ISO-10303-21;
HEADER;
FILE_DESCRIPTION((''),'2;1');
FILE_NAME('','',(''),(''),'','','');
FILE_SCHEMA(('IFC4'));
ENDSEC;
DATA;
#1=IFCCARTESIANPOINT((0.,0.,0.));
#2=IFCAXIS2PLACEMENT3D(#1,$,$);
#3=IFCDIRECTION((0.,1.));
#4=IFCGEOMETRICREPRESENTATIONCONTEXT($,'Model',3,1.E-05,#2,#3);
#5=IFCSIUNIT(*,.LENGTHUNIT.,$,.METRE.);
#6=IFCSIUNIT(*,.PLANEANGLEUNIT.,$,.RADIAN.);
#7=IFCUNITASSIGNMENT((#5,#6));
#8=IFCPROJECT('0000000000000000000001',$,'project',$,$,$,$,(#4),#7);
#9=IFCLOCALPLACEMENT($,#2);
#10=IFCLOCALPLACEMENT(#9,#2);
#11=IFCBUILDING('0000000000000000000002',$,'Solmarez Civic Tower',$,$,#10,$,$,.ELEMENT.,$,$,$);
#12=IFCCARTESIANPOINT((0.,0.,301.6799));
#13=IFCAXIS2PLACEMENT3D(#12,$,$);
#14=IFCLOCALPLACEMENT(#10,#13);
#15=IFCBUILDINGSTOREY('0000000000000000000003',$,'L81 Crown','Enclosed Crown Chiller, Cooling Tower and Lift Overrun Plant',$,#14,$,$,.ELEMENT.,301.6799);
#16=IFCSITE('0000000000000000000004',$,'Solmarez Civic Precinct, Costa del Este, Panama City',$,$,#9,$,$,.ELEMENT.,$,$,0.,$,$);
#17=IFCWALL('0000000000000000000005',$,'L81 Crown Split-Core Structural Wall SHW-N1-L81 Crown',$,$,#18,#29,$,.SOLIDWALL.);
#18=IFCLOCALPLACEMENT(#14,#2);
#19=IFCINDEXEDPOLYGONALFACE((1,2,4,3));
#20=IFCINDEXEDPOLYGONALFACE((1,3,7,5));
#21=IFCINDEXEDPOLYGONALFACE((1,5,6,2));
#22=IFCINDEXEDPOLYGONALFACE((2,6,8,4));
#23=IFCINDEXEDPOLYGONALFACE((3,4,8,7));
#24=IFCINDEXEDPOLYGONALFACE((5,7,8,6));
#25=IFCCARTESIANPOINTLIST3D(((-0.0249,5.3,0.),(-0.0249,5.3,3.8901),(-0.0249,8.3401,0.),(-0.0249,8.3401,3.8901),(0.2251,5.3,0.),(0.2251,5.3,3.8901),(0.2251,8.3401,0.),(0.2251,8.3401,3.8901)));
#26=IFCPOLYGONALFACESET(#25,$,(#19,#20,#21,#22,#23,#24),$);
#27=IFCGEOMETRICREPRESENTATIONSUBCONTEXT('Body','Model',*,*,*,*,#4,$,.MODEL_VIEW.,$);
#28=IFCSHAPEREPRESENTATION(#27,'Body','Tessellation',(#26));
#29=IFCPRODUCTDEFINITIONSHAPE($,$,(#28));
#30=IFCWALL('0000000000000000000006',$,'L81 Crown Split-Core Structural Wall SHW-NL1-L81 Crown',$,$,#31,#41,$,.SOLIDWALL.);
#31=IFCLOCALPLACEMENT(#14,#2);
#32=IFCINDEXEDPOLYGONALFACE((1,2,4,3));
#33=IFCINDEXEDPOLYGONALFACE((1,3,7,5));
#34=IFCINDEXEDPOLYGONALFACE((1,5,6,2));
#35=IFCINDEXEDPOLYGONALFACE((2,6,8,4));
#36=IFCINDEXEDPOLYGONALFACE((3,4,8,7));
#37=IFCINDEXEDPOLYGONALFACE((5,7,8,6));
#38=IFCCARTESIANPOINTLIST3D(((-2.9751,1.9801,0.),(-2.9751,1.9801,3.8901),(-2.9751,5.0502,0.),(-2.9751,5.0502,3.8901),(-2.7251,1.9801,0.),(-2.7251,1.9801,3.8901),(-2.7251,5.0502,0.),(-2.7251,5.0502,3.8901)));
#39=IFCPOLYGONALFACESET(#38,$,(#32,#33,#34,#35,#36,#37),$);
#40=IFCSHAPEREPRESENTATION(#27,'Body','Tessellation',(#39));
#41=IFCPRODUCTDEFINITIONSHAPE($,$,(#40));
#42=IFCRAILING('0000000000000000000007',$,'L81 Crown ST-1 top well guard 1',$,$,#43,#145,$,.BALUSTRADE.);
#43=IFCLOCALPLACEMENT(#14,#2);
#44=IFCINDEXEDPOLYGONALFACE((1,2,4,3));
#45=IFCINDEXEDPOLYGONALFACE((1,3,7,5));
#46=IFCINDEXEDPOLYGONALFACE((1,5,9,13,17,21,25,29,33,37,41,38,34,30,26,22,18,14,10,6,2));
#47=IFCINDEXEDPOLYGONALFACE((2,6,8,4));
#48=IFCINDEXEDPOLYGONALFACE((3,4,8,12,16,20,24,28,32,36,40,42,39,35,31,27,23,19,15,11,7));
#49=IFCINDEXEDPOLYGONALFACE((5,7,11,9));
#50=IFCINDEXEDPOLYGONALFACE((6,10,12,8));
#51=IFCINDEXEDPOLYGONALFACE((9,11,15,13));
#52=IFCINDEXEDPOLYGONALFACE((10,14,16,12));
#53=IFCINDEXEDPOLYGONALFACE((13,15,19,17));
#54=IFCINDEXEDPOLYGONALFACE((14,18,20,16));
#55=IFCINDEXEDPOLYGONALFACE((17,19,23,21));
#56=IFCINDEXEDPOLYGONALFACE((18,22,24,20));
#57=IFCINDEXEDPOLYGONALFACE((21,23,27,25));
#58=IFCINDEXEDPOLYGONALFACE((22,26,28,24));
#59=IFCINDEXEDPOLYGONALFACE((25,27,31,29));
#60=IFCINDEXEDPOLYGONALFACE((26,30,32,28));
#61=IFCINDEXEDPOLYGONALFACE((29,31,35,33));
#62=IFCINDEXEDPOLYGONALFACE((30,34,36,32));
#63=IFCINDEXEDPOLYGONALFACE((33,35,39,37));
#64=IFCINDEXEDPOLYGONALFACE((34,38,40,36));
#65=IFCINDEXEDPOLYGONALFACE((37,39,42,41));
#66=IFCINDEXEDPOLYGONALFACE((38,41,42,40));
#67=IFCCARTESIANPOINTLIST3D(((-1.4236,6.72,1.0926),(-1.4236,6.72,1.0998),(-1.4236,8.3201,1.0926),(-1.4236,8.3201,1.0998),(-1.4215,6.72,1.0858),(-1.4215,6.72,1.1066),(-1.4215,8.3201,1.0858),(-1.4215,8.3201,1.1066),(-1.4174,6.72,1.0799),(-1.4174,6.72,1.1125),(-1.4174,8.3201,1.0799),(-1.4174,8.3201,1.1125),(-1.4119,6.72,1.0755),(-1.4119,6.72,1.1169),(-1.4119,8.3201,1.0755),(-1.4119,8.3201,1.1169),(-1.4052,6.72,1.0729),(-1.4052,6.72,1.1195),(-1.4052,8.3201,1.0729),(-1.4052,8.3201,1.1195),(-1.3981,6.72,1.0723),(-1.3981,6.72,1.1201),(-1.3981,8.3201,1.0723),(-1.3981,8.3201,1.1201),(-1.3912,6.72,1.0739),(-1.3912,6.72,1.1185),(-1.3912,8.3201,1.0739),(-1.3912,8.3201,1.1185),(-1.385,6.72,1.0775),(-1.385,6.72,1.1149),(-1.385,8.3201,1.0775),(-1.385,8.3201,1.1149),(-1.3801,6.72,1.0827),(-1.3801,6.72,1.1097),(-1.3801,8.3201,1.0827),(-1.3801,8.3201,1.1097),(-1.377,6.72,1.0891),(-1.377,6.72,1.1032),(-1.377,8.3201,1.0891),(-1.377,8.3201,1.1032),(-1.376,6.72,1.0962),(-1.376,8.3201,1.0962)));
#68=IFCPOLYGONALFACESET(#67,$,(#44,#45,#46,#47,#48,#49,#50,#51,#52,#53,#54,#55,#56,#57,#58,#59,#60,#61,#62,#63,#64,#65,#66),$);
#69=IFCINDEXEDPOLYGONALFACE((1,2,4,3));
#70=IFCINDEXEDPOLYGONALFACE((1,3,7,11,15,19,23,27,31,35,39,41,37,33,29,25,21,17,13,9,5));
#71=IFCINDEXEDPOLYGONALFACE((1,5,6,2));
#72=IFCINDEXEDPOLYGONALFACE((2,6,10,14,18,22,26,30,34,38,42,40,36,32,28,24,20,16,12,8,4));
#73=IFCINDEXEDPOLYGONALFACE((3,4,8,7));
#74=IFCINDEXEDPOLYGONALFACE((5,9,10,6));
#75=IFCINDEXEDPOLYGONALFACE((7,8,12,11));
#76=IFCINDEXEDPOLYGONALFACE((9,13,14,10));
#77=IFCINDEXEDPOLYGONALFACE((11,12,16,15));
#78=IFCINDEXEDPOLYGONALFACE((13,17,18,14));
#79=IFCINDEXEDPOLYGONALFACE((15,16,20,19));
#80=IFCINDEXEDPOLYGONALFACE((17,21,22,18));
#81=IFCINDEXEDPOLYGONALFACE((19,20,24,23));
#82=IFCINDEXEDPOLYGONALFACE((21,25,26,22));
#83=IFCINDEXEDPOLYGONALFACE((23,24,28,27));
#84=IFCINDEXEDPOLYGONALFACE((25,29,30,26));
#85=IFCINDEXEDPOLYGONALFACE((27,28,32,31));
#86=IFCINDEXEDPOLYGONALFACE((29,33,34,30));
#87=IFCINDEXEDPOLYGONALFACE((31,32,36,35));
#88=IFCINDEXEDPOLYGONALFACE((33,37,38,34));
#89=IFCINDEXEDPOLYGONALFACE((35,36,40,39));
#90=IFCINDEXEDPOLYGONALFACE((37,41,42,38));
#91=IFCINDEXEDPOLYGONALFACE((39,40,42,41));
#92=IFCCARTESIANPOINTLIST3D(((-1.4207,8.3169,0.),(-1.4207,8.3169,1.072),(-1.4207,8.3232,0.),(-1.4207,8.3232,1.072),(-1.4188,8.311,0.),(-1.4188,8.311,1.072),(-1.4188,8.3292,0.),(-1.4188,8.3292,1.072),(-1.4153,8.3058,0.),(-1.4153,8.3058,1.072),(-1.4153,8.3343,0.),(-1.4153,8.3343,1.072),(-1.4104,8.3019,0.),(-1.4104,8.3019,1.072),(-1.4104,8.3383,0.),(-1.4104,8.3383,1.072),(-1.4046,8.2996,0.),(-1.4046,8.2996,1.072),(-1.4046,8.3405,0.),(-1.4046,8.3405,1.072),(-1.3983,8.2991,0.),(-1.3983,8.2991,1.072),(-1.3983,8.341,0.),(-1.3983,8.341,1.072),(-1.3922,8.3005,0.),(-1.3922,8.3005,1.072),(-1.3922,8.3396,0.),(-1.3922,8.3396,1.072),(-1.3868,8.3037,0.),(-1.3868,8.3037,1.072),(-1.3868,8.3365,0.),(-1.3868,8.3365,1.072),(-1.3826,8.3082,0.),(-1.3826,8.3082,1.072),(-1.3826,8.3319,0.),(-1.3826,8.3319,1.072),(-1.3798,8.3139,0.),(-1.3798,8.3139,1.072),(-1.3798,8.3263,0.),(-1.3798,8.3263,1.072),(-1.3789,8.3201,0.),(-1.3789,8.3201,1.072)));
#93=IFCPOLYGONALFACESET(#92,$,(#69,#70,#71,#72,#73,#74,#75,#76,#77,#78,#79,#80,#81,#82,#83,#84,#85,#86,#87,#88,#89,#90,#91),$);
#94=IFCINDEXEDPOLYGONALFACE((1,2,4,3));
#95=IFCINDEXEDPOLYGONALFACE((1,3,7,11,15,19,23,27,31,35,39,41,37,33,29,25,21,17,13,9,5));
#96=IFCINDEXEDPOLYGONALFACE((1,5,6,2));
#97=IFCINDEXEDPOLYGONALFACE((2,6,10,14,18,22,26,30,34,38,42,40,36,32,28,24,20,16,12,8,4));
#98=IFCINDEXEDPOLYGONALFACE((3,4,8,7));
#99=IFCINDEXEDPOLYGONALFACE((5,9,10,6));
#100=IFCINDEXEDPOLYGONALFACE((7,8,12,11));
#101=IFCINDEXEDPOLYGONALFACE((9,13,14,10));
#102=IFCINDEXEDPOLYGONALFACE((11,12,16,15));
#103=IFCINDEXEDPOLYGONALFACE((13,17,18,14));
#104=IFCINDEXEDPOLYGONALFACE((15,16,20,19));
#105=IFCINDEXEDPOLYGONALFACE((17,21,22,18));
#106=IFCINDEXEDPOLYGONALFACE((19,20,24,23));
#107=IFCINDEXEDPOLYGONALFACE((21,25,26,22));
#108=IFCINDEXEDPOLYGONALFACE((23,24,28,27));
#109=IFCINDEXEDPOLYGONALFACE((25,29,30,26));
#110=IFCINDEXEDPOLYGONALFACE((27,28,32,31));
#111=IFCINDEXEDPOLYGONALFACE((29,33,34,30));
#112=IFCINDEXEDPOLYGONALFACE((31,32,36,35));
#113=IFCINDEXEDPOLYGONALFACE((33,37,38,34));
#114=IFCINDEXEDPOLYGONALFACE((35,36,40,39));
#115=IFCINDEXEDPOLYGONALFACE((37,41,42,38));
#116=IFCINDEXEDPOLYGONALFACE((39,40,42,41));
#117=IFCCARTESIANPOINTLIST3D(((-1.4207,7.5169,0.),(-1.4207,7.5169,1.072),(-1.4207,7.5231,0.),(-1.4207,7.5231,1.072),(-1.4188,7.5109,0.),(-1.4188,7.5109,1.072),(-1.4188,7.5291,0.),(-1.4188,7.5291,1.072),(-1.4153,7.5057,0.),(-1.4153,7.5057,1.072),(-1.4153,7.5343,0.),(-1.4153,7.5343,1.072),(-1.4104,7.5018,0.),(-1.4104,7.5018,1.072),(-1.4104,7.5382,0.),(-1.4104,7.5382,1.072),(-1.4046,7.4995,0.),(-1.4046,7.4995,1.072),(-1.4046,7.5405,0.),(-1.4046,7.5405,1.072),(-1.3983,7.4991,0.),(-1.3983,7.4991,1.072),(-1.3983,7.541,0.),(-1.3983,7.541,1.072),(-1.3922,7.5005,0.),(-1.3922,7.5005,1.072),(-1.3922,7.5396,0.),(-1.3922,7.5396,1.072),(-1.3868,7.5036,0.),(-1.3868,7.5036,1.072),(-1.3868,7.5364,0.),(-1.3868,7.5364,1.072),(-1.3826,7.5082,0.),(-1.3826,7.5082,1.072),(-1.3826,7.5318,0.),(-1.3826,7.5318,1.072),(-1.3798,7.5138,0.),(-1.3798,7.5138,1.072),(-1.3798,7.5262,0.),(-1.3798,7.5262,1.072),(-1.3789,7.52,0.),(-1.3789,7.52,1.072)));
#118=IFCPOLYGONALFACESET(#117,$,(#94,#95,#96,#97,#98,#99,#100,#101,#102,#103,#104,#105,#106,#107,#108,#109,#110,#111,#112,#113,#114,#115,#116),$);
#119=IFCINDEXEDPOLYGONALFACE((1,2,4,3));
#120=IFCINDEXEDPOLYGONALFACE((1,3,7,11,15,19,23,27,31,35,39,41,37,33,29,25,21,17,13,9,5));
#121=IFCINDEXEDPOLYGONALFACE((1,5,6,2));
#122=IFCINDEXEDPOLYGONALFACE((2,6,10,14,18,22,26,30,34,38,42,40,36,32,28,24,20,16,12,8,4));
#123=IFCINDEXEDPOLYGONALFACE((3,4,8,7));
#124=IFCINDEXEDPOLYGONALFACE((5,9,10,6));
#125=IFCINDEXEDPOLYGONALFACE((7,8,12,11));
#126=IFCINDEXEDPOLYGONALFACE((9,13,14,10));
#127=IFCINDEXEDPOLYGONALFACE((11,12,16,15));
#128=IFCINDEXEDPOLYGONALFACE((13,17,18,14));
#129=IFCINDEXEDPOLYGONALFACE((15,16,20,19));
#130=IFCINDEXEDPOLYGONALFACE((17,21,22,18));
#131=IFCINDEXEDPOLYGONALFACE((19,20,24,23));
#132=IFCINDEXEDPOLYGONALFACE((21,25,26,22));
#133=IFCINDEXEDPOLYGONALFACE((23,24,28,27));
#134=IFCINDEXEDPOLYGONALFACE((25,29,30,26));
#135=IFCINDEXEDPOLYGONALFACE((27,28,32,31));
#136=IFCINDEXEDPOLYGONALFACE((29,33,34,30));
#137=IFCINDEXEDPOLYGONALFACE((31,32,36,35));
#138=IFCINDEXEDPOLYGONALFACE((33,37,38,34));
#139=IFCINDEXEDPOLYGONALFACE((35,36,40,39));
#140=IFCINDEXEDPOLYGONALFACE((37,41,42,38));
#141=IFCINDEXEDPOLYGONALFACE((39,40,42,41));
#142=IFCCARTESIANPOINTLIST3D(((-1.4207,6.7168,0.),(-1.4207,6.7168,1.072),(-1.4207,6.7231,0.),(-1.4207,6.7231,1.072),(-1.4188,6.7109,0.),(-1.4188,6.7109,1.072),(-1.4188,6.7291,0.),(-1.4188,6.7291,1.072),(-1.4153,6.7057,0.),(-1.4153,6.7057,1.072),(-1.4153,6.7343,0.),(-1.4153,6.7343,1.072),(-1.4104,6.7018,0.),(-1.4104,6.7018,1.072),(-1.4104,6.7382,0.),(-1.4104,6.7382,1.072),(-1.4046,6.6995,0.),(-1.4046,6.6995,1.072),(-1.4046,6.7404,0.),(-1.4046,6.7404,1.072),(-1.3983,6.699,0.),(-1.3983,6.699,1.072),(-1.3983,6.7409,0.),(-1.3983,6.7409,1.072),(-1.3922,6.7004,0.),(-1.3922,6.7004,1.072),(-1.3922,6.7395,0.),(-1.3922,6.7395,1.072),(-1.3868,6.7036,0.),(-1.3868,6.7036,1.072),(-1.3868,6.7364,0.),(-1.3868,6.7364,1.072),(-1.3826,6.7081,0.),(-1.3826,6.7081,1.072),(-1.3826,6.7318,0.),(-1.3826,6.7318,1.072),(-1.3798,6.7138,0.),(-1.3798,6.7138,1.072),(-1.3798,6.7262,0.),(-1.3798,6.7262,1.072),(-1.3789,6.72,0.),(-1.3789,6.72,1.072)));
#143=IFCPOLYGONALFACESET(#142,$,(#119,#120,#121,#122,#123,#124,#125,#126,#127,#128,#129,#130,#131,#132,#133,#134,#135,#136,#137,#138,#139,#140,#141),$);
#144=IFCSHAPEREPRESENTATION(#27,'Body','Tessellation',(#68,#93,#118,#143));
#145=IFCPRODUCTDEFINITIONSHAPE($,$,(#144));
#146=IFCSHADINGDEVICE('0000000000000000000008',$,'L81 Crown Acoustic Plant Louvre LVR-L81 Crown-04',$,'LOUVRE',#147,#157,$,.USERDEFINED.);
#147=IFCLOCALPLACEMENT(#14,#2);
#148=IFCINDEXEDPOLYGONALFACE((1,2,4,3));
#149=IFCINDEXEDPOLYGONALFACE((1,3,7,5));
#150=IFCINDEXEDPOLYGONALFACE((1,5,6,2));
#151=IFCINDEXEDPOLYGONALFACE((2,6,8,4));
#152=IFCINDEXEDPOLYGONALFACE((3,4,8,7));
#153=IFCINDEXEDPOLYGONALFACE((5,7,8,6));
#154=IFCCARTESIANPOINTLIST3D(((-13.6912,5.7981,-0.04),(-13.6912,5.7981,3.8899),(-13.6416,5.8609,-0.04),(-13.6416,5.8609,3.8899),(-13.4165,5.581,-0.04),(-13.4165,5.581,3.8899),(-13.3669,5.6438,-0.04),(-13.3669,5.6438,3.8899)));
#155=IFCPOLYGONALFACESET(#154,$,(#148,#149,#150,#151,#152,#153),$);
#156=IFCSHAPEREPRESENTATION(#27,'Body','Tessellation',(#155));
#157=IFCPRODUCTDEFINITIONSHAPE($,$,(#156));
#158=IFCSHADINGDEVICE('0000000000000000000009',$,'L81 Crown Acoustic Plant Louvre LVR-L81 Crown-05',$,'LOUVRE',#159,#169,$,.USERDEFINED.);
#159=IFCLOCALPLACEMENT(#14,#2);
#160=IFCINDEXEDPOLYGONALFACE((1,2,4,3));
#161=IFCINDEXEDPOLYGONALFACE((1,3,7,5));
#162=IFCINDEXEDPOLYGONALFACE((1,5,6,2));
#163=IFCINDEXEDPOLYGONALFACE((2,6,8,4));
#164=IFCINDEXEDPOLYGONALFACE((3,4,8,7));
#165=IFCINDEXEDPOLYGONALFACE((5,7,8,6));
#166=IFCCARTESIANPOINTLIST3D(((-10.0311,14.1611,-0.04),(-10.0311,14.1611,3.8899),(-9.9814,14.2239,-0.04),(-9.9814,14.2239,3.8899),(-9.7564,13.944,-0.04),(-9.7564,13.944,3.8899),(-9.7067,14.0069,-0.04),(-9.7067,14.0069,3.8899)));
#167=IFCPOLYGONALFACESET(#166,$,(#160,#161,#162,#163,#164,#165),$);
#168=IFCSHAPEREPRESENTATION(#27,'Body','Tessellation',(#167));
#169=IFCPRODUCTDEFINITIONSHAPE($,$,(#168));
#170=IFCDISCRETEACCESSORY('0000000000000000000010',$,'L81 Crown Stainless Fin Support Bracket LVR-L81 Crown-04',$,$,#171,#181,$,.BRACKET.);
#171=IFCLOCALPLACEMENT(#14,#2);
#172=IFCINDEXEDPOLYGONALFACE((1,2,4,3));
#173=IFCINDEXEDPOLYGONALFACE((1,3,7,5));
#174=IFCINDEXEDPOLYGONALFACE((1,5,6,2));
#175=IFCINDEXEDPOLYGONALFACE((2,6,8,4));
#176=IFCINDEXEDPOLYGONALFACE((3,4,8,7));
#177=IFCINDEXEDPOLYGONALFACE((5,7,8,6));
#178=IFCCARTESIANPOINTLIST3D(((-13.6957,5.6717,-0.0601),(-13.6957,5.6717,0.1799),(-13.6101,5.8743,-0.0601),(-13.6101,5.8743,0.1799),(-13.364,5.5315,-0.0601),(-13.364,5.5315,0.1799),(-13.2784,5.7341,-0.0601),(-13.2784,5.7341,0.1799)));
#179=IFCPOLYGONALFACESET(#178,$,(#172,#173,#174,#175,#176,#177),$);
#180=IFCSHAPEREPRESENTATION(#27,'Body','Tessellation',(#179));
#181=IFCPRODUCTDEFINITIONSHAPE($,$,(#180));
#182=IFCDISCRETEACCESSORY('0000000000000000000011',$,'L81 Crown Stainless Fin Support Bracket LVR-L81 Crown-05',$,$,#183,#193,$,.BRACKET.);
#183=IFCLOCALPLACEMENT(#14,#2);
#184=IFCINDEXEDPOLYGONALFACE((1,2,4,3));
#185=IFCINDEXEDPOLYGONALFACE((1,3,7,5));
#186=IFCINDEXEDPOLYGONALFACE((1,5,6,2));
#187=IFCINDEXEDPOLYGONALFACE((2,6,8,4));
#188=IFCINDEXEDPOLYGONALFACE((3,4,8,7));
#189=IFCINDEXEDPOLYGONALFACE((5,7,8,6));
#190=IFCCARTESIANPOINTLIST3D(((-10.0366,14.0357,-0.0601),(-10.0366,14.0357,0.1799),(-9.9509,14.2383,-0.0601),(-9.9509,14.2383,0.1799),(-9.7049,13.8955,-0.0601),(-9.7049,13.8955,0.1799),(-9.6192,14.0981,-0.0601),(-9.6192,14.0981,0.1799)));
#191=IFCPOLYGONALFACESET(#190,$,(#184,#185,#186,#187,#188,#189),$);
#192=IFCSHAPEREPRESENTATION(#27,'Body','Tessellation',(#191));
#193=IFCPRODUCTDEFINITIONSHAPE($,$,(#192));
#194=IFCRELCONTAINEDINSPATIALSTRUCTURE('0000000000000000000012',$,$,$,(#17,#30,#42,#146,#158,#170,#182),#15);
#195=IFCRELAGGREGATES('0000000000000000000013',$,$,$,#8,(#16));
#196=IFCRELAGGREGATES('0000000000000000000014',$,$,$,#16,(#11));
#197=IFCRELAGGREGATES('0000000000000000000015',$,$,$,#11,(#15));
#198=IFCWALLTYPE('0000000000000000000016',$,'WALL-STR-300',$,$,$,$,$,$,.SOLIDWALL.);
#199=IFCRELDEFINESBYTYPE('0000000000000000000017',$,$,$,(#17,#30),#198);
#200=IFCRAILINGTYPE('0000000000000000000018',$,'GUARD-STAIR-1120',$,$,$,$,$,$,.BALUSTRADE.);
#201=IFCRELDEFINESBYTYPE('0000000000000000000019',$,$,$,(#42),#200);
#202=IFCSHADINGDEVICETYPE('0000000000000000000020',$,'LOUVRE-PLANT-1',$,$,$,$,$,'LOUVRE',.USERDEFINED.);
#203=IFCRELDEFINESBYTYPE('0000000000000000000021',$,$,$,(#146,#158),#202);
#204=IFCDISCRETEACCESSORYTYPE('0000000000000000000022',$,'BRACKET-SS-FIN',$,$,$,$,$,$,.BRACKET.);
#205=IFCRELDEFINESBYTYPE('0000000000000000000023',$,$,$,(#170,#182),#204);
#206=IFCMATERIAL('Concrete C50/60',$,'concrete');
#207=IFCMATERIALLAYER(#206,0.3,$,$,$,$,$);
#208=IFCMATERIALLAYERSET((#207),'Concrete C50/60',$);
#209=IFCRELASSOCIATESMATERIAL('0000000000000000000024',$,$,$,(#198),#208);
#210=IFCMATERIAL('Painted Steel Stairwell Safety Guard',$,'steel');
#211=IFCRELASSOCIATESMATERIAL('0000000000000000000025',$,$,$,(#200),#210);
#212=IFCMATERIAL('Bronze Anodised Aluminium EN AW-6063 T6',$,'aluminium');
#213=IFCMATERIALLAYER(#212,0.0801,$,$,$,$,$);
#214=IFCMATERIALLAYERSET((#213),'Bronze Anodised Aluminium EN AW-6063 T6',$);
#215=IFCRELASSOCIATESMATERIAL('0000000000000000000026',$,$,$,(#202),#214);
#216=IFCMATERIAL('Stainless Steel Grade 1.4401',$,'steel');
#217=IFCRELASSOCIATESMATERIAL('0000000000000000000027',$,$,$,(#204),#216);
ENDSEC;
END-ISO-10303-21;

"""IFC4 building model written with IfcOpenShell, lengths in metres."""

from ifc_helpers import new_model, si_unit, direction, frame, frame_2d, origin, origin_2d, place, context, subcontext, project, spatial, rectangle, circle, extrude, material, layer, layer_set, type_object, element, save


model = new_model("IFC4")

# Units and contexts
model_context = context("Model", 3, precision=1e-05, world=origin(), true_north=direction((0.0, 1.0)))
body_context = subcontext(model_context, "Body", "Model", "MODEL_VIEW")
ifc_project = project(units=[si_unit("LENGTHUNIT", "METRE"), si_unit("PLANEANGLEUNIT", "RADIAN")], contexts=[model_context])

# Site, building, storey
site_placement = place(None, origin())
site = spatial("IfcSite", under=ifc_project, at=site_placement, Name="Solmarez Civic Precinct, Costa del Este, Panama City", CompositionType="ELEMENT", RefElevation=0.0)
building_placement = place(site_placement, origin())
building = spatial("IfcBuilding", under=site, at=building_placement, Name="Solmarez Civic Tower", CompositionType="ELEMENT")
storey_placement = place(building_placement, frame((0.0, 0.0, 301.6799)))
storey = spatial("IfcBuildingStorey", under=building, at=storey_placement, Name="L81 Crown", Description="Enclosed Crown Chiller, Cooling Tower and Lift Overrun Plant", CompositionType="ELEMENT", Elevation=301.6799)

# Shared definitions
ifc_material_1 = material(Name="Concrete C50/60", Category="concrete")

# Walls
ifc_layer_1 = layer(ifc_material_1, 0.3)
ifc_layer_set_1 = layer_set([ifc_layer_1], Name="Concrete C50/60")
wall_type_1 = type_object("IfcWallType", Name="WALL-STR-300", PredefinedType="SOLIDWALL", material=ifc_layer_set_1)
wall_1_placement = place(storey_placement, frame((0.1001, 5.3, 0.0), z_axis=(0.0, 0.0, 1.0), x_axis=(0.0, 1.0, 0.0)))
element("IfcWall", 1, at=wall_1_placement, inside=storey, type_object=wall_type_1, Name="L81 Crown Split-Core Structural Wall SHW-N1-L81 Crown", PredefinedType="SOLIDWALL", context=body_context, shape_type="SweptSolid", body=[
    extrude(rectangle(XDim=3.04, YDim=0.25, at=frame_2d((1.52, 0.0))), origin(), (0.0, 0.0, 1.0), 3.8901),
])
wall_2_placement = place(storey_placement, frame((-2.8501, 1.98, 0.0), z_axis=(0.0, 0.0, 1.0), x_axis=(0.0, 1.0, 0.0)))
element("IfcWall", 2, at=wall_2_placement, inside=storey, type_object=wall_type_1, Name="L81 Crown Split-Core Structural Wall SHW-NL1-L81 Crown", PredefinedType="SOLIDWALL", context=body_context, shape_type="SweptSolid", body=[
    extrude(rectangle(XDim=3.0701, YDim=0.25, at=frame_2d((1.5352, 0.0))), origin(), (0.0, 0.0, 1.0), 3.8901),
])

# Railing
ifc_material_2 = material(Name="Painted Steel Stairwell Safety Guard", Category="steel")
railing_type = type_object("IfcRailingType", Name="GUARD-STAIR-1120", PredefinedType="BALUSTRADE", material=ifc_material_2)
railing_placement = place(storey_placement, frame((-1.3999, 8.3201, 0.0)))
element("IfcRailing", 3, at=railing_placement, inside=storey, type_object=railing_type, Name="L81 Crown ST-1 top well guard 1", PredefinedType="BALUSTRADE", context=body_context, shape_type="SweptSolid", body=[
    extrude(circle(Radius=0.0239, at=origin_2d()), frame((0.0, 0.0, 1.0962), z_axis=(0.0, -1.0, 0.0), x_axis=(1.0, 0.0, 0.0)), (0.0, 0.0, 1.0), 1.6001),
    extrude(circle(Radius=0.021, at=origin_2d()), origin(), (0.0, 0.0, 1.0), 1.072),
    extrude(circle(Radius=0.021, at=origin_2d()), frame((0.0, -0.8, 0.0)), (0.0, 0.0, 1.0), 1.072),
    extrude(circle(Radius=0.021, at=origin_2d()), frame((0.0, -1.6001, 0.0)), (0.0, 0.0, 1.0), 1.072),
])

# Shading devices
ifc_material_3 = material(Name="Bronze Anodised Aluminium EN AW-6063 T6", Category="aluminium")
ifc_layer_2 = layer(ifc_material_3, 0.0801)
ifc_layer_set_2 = layer_set([ifc_layer_2], Name="Bronze Anodised Aluminium EN AW-6063 T6")
shading_device_type = type_object("IfcShadingDeviceType", Name="LOUVRE-PLANT-1", ElementType="LOUVRE", PredefinedType="USERDEFINED", material=ifc_layer_set_2)
for number, where, z_axis, x_axis, name in (
    (4, (-13.5291, 5.7209, -0.04), (0.0, 0.0, 1.0), (-0.784592, 0.620012, 0.0), "L81 Crown Acoustic Plant Louvre LVR-L81 Crown-04"),
    (5, (-9.8689, 14.084, -0.04), (0.0, 0.0, 1.0), (-0.784549, 0.620067, 0.0), "L81 Crown Acoustic Plant Louvre LVR-L81 Crown-05"),
):
    element("IfcShadingDevice", number, at=place(storey_placement, frame(where, z_axis=z_axis, x_axis=x_axis)), inside=storey, type_object=shading_device_type, Name=name, ObjectType="LOUVRE", PredefinedType="USERDEFINED", context=body_context, shape_type="SweptSolid", body=[
        extrude(rectangle(XDim=0.3501, YDim=0.0801, at=origin_2d()), origin(), (0.0, 0.0, 1.0), 3.9299),
    ])

# Discrete accessories
ifc_material_4 = material(Name="Stainless Steel Grade 1.4401", Category="steel")
discrete_accessory_type = type_object("IfcDiscreteAccessoryType", Name="BRACKET-SS-FIN", PredefinedType="BRACKET", material=ifc_material_4)
for number, where, z_axis, x_axis, name in (
    (6, (-13.4871, 5.7029, -0.0601), (0.0, 0.0, 1.0), (-0.921067, 0.389405, 0.0), "L81 Crown Stainless Fin Support Bracket LVR-L81 Crown-04"),
    (7, (-9.8279, 14.0669, -0.0601), (0.0, 0.0, 1.0), (-0.921041, 0.389466, 0.0), "L81 Crown Stainless Fin Support Bracket LVR-L81 Crown-05"),
):
    element("IfcDiscreteAccessory", number, at=place(storey_placement, frame(where, z_axis=z_axis, x_axis=x_axis)), inside=storey, type_object=discrete_accessory_type, Name=name, PredefinedType="BRACKET", context=body_context, shape_type="SweptSolid", body=[
        extrude(rectangle(XDim=0.3601, YDim=0.22, at=origin_2d()), origin(), (0.0, 0.0, 1.0), 0.24),
    ])

save(model, "model.ifc")
